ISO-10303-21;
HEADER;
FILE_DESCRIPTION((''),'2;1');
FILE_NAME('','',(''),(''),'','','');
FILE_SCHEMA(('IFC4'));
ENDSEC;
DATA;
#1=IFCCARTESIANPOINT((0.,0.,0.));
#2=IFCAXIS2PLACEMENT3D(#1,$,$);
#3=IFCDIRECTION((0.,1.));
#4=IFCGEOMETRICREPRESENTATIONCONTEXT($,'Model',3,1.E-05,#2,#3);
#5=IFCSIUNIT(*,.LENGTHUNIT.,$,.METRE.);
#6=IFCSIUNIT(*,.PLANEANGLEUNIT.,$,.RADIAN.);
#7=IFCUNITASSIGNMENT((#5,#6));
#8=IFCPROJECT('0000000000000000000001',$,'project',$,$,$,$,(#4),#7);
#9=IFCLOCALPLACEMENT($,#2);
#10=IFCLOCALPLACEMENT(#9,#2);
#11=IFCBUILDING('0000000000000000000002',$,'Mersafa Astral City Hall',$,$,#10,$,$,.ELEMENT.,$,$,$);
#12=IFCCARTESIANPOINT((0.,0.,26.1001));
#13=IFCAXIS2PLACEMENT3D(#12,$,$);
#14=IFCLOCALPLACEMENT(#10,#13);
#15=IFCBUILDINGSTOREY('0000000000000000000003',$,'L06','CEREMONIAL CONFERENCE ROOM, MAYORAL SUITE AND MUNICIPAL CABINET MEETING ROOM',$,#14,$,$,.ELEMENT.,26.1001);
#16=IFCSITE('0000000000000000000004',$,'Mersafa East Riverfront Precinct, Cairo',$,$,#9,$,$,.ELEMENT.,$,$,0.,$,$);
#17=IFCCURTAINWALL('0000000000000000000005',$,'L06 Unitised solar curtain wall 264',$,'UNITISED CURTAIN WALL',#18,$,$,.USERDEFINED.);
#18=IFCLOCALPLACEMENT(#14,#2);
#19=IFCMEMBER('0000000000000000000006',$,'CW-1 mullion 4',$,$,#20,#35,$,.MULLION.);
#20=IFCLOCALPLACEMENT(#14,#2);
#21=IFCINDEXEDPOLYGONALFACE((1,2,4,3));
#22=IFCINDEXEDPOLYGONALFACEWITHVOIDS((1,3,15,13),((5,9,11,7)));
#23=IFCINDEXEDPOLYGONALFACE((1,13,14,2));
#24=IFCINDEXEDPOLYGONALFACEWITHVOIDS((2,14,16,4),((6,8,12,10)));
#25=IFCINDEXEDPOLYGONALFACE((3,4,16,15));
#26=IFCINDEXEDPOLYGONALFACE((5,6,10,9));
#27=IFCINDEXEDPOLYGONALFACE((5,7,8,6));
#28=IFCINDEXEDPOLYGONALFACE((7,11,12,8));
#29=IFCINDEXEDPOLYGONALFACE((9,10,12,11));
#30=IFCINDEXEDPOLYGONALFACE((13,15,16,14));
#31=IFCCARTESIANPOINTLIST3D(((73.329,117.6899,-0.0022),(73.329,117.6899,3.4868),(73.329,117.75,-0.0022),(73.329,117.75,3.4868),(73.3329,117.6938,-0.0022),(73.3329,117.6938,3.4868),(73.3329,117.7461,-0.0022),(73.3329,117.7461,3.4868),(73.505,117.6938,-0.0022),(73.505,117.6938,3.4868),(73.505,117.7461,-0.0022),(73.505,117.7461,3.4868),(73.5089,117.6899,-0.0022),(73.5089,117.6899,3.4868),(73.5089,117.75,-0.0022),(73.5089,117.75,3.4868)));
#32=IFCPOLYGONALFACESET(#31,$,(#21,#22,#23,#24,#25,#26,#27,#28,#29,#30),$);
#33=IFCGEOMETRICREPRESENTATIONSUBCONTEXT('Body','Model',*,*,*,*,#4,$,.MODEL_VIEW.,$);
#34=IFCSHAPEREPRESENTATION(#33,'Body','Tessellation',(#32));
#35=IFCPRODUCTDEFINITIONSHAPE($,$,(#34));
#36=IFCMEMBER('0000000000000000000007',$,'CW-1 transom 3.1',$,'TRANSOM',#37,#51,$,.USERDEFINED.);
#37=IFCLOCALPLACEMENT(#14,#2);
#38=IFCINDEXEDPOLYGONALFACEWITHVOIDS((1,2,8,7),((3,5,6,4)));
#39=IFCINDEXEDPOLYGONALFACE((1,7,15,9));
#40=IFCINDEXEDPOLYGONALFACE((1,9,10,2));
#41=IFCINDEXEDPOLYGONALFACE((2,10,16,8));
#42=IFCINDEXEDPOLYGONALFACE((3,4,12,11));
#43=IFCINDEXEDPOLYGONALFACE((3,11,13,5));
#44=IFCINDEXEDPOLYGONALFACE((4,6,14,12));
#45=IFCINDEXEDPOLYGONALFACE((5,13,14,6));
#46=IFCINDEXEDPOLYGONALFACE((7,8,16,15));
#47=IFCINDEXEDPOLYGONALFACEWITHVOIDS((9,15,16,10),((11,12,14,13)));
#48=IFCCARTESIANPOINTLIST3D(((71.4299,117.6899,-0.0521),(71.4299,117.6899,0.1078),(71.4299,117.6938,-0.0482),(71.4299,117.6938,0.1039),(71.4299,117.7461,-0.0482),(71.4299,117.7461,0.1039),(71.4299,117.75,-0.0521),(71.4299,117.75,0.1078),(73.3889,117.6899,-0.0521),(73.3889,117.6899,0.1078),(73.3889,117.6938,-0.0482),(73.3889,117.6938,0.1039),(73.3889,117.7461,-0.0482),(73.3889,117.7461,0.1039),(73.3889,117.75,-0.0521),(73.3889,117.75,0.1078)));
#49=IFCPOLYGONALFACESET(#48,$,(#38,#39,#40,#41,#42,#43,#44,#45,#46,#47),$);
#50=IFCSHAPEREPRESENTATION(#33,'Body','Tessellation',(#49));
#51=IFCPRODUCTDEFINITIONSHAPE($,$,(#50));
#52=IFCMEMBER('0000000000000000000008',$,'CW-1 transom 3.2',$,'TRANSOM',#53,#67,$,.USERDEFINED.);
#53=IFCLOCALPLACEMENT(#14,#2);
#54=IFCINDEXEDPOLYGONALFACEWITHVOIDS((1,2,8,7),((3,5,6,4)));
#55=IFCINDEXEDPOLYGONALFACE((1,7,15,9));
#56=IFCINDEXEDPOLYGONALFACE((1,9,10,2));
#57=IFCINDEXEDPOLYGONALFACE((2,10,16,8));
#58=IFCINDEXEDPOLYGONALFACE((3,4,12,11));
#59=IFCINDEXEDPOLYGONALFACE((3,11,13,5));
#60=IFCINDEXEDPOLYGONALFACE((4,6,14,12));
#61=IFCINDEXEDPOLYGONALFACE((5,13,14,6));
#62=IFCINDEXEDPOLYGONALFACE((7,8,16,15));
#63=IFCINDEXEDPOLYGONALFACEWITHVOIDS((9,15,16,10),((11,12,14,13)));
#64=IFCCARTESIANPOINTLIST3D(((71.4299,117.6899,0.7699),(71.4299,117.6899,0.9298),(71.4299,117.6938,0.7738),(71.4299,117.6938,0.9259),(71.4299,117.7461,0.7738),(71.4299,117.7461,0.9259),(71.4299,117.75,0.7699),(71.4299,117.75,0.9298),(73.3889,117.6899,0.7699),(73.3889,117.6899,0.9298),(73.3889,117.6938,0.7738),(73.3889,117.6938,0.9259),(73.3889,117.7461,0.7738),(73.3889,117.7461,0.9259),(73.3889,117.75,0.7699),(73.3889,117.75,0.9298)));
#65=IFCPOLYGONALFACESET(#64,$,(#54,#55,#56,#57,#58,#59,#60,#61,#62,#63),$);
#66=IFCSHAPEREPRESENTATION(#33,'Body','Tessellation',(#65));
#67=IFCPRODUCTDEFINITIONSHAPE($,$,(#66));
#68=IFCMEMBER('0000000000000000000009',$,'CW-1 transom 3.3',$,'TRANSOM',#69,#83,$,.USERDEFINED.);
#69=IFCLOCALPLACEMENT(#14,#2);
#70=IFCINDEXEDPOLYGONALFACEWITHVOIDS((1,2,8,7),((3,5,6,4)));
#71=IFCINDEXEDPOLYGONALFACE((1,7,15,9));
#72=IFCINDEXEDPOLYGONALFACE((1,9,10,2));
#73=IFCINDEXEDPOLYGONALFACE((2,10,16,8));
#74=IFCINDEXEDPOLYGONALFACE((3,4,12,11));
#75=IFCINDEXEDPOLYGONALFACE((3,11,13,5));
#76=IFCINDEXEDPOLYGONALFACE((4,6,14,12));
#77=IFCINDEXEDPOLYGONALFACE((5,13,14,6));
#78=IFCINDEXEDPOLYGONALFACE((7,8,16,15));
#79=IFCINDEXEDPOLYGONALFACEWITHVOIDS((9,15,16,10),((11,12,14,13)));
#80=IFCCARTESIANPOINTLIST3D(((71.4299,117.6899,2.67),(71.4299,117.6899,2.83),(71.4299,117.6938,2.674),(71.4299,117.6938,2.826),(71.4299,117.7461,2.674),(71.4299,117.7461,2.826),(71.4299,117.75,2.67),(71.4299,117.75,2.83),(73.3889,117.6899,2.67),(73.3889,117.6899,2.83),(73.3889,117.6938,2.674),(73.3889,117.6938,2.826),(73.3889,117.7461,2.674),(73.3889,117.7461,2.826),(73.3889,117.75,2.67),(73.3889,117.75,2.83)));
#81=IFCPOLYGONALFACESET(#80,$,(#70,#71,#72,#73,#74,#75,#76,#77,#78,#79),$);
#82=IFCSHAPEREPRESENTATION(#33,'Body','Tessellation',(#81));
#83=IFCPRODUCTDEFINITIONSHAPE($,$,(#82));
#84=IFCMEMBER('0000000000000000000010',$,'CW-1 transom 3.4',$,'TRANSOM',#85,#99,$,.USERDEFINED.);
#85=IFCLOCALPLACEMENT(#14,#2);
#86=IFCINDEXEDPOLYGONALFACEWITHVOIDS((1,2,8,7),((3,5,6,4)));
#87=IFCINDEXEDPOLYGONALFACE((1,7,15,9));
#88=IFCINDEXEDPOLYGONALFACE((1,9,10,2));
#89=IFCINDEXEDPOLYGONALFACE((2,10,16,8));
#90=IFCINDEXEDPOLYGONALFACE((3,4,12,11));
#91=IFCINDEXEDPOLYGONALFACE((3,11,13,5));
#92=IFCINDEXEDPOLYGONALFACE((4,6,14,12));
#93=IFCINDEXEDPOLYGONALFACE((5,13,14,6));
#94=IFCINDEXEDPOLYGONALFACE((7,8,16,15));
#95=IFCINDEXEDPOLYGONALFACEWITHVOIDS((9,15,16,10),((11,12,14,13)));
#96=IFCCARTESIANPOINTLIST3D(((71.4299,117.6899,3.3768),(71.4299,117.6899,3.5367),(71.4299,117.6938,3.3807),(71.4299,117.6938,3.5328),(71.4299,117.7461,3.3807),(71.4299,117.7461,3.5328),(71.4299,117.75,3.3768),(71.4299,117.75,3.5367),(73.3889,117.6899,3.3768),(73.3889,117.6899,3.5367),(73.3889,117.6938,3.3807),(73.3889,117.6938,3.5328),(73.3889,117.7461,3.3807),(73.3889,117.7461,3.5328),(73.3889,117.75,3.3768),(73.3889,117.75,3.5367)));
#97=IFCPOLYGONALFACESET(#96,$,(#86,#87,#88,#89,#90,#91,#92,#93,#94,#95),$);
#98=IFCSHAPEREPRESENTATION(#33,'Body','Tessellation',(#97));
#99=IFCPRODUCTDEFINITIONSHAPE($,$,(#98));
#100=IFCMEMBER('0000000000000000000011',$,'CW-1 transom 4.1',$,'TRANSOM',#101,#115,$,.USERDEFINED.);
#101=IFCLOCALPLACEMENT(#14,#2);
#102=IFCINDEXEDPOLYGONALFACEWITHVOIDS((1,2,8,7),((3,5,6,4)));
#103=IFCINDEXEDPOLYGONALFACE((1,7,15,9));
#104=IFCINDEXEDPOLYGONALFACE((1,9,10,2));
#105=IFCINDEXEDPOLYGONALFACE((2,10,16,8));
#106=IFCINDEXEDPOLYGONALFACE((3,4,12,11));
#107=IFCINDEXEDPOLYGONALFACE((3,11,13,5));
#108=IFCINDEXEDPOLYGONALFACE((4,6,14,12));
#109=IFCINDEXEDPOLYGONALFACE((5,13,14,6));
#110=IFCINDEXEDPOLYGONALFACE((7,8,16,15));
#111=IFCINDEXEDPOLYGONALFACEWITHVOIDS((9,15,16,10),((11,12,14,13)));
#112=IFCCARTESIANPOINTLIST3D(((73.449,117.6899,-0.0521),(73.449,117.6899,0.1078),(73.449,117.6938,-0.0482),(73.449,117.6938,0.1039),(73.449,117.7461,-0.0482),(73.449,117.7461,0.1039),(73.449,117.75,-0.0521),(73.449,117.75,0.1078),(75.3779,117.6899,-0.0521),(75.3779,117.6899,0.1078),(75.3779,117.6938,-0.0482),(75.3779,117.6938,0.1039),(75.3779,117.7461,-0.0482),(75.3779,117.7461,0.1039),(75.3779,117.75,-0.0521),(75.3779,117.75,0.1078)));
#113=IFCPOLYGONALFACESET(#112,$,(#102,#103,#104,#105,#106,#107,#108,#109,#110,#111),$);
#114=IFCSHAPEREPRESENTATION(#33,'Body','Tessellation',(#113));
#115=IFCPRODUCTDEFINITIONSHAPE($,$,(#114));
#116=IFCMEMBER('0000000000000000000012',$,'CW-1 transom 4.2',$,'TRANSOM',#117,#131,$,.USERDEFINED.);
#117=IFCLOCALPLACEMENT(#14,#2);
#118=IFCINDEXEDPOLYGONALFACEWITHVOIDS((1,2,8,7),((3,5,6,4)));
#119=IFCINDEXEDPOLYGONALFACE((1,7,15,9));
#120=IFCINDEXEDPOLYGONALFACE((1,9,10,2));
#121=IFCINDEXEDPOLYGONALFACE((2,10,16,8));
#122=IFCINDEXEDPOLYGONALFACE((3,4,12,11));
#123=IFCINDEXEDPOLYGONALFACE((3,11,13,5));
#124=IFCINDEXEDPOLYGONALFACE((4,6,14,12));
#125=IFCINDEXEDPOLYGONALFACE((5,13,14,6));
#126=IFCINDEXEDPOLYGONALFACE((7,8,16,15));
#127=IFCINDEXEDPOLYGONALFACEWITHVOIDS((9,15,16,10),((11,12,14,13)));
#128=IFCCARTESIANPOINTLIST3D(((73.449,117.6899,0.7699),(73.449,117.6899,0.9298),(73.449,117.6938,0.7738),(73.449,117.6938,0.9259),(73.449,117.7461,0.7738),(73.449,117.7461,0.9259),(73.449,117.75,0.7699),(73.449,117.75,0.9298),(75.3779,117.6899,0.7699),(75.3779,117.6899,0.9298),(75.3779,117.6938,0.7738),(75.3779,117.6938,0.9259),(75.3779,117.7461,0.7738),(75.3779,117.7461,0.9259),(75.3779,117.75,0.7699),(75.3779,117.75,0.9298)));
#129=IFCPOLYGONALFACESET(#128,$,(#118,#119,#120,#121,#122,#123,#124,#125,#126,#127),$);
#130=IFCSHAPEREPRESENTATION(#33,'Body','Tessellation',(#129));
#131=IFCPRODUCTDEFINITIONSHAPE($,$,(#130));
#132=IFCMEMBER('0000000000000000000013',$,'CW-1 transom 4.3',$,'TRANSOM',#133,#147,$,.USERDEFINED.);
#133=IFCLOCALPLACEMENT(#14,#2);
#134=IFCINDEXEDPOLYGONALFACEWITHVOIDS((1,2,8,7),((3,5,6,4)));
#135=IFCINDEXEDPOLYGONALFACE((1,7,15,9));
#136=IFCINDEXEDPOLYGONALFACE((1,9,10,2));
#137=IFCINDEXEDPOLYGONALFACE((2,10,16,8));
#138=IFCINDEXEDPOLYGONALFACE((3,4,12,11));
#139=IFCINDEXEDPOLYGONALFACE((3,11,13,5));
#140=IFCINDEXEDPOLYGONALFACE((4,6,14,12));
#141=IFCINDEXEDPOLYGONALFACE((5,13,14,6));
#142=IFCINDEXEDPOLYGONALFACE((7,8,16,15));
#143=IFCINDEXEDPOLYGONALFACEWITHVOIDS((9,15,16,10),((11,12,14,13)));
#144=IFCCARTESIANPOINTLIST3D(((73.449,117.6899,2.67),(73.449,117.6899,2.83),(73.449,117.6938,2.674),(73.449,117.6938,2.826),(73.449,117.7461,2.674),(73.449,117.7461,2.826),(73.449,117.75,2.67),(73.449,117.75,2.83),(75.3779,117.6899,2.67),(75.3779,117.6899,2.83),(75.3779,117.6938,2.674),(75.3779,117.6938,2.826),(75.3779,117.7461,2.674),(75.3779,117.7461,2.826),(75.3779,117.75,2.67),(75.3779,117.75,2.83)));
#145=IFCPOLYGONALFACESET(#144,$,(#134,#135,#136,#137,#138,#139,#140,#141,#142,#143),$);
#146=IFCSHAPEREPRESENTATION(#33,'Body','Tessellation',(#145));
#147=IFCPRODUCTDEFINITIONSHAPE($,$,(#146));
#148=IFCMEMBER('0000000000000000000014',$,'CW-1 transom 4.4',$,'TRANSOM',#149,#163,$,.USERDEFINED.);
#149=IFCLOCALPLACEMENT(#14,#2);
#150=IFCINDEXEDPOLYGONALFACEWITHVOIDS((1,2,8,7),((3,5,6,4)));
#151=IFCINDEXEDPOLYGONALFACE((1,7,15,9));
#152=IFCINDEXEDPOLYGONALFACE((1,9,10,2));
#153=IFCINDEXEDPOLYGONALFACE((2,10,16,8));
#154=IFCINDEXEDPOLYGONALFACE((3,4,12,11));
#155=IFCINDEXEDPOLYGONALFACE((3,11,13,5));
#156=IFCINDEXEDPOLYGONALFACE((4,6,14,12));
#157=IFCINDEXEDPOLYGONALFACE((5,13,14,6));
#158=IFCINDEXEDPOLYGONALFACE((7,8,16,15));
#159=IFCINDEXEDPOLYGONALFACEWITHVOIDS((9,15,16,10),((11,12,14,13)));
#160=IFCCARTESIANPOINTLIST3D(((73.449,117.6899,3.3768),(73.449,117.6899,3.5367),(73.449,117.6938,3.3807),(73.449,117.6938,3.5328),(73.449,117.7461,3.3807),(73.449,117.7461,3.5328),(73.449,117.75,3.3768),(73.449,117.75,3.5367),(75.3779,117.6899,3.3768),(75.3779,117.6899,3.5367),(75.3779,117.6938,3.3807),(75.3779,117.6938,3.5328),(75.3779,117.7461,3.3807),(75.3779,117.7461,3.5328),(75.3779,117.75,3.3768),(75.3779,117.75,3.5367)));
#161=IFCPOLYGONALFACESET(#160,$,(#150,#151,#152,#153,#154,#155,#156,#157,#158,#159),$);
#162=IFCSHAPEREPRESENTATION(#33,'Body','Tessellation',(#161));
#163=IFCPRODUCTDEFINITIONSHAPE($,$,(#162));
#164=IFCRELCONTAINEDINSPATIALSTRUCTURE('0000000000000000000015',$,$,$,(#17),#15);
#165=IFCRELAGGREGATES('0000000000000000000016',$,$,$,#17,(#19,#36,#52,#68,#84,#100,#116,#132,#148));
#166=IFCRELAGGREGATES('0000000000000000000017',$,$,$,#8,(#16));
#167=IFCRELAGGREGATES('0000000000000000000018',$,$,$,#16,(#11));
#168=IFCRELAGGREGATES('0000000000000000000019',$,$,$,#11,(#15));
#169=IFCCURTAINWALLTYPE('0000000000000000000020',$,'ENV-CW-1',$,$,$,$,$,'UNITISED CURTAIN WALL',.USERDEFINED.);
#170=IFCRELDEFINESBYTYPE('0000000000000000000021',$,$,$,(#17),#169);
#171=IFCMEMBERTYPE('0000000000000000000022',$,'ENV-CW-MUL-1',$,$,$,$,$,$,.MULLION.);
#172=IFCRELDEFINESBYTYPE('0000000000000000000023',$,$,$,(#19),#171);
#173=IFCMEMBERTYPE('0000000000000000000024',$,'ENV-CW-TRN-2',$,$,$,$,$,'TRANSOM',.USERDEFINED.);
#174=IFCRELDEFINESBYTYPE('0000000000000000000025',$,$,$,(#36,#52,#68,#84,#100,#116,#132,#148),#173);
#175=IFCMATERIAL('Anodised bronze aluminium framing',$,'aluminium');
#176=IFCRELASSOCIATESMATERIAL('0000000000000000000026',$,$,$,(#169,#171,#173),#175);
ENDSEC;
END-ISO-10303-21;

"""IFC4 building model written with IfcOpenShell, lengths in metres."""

from ifc_helpers import new_model, si_unit, direction, frame, origin, origin_2d, place, context, subcontext, project, spatial, hollow_rectangle, extrude, material, material_profile, profile_set, type_object, element, aggregate, save


model = new_model("IFC4")

# Units and contexts
model_context = context("Model", 3, precision=1e-05, world=origin(), true_north=direction((0.0, 1.0)))
body_context = subcontext(model_context, "Body", "Model", "MODEL_VIEW")
ifc_project = project(units=[si_unit("LENGTHUNIT", "METRE"), si_unit("PLANEANGLEUNIT", "RADIAN")], contexts=[model_context])

# Site, building, storey
site_placement = place(None, origin())
site = spatial("IfcSite", under=ifc_project, at=site_placement, Name="Mersafa East Riverfront Precinct, Cairo", CompositionType="ELEMENT", RefElevation=0.0)
building_placement = place(site_placement, origin())
building = spatial("IfcBuilding", under=site, at=building_placement, Name="Mersafa Astral City Hall", CompositionType="ELEMENT")
storey_placement = place(building_placement, frame((0.0, 0.0, 26.1001)))
storey = spatial("IfcBuildingStorey", under=building, at=storey_placement, Name="L06", Description="CEREMONIAL CONFERENCE ROOM, MAYORAL SUITE AND MUNICIPAL CABINET MEETING ROOM", CompositionType="ELEMENT", Elevation=26.1001)

# Curtain wall, members
ifc_material_1 = material(Name="Anodised bronze aluminium framing", Category="aluminium")
curtain_wall_type = type_object("IfcCurtainWallType", Name="ENV-CW-1", ElementType="UNITISED CURTAIN WALL", PredefinedType="USERDEFINED", material=ifc_material_1)
curtain_wall_placement = place(storey_placement, origin())
curtain_wall = element("IfcCurtainWall", 1, at=curtain_wall_placement, inside=storey, type_object=curtain_wall_type, Name="L06 Unitised solar curtain wall 264", ObjectType="UNITISED CURTAIN WALL", PredefinedType="USERDEFINED")
ifc_material_profile_1 = material_profile(ifc_material_1, hollow_rectangle(XDim=0.0601, YDim=0.1799, WallThickness=0.0039, at=origin_2d()), Name="RHS 60x180x4")
ifc_profile_set_1 = profile_set([ifc_material_profile_1], Name="Anodised bronze aluminium framing")
member_type_1 = type_object("IfcMemberType", Name="ENV-CW-MUL-1", PredefinedType="MULLION", material=ifc_profile_set_1)
member_1_placement = place(storey_placement, frame((73.4189, 117.72, -0.0022), z_axis=(0.0, 0.0, 1.0), x_axis=(0.0, 1.0, 0.0)))
member_1 = element("IfcMember", 2, at=member_1_placement, type_object=member_type_1, Name="CW-1 mullion 4", PredefinedType="MULLION", context=body_context, shape_type="SweptSolid", body=[
    extrude(hollow_rectangle(XDim=0.0601, YDim=0.1799, WallThickness=0.0039, at=origin_2d()), origin(), (0.0, 0.0, 1.0), 3.489),
])
ifc_material_profile_2 = material_profile(ifc_material_1, hollow_rectangle(XDim=0.0601, YDim=0.1599, WallThickness=0.0039, at=origin_2d()), Name="RHS 60x160x4")
ifc_profile_set_2 = profile_set([ifc_material_profile_2], Name="Anodised bronze aluminium framing")
member_type_2 = type_object("IfcMemberType", Name="ENV-CW-TRN-2", ElementType="TRANSOM", PredefinedType="USERDEFINED", material=ifc_profile_set_2)
member_2_placement = place(storey_placement, frame((71.4299, 117.72, 0.0278), z_axis=(1.0, 0.0, 0.0), x_axis=(0.0, 1.0, 0.0)))
member_2 = element("IfcMember", 3, at=member_2_placement, type_object=member_type_2, Name="CW-1 transom 3.1", ObjectType="TRANSOM", PredefinedType="USERDEFINED", context=body_context, shape_type="SweptSolid", body=[
    extrude(hollow_rectangle(XDim=0.0601, YDim=0.1599, WallThickness=0.0039, at=origin_2d()), origin(), (0.0, 0.0, 1.0), 1.959),
])
member_3_placement = place(storey_placement, frame((71.4299, 117.72, 0.8499), z_axis=(1.0, 0.0, 0.0), x_axis=(0.0, 1.0, 0.0)))
member_3 = element("IfcMember", 4, at=member_3_placement, type_object=member_type_2, Name="CW-1 transom 3.2", ObjectType="TRANSOM", PredefinedType="USERDEFINED", context=body_context, shape_type="SweptSolid", body=[
    extrude(hollow_rectangle(XDim=0.0601, YDim=0.1599, WallThickness=0.0039, at=origin_2d()), origin(), (0.0, 0.0, 1.0), 1.959),
])
member_4_placement = place(storey_placement, frame((71.4299, 117.72, 2.75), z_axis=(1.0, 0.0, 0.0), x_axis=(0.0, 1.0, 0.0)))
member_4 = element("IfcMember", 5, at=member_4_placement, type_object=member_type_2, Name="CW-1 transom 3.3", ObjectType="TRANSOM", PredefinedType="USERDEFINED", context=body_context, shape_type="SweptSolid", body=[
    extrude(hollow_rectangle(XDim=0.0601, YDim=0.1599, WallThickness=0.0039, at=origin_2d()), origin(), (0.0, 0.0, 1.0), 1.959),
])
member_5_placement = place(storey_placement, frame((71.4299, 117.72, 3.4568), z_axis=(1.0, 0.0, 0.0), x_axis=(0.0, 1.0, 0.0)))
member_5 = element("IfcMember", 6, at=member_5_placement, type_object=member_type_2, Name="CW-1 transom 3.4", ObjectType="TRANSOM", PredefinedType="USERDEFINED", context=body_context, shape_type="SweptSolid", body=[
    extrude(hollow_rectangle(XDim=0.0601, YDim=0.1599, WallThickness=0.0039, at=origin_2d()), origin(), (0.0, 0.0, 1.0), 1.959),
])
member_6_placement = place(storey_placement, frame((73.449, 117.72, 0.0278), z_axis=(1.0, 0.0, 0.0), x_axis=(0.0, 1.0, 0.0)))
member_6 = element("IfcMember", 7, at=member_6_placement, type_object=member_type_2, Name="CW-1 transom 4.1", ObjectType="TRANSOM", PredefinedType="USERDEFINED", context=body_context, shape_type="SweptSolid", body=[
    extrude(hollow_rectangle(XDim=0.0601, YDim=0.1599, WallThickness=0.0039, at=origin_2d()), origin(), (0.0, 0.0, 1.0), 1.929),
])
member_7_placement = place(storey_placement, frame((73.449, 117.72, 0.8499), z_axis=(1.0, 0.0, 0.0), x_axis=(0.0, 1.0, 0.0)))
member_7 = element("IfcMember", 8, at=member_7_placement, type_object=member_type_2, Name="CW-1 transom 4.2", ObjectType="TRANSOM", PredefinedType="USERDEFINED", context=body_context, shape_type="SweptSolid", body=[
    extrude(hollow_rectangle(XDim=0.0601, YDim=0.1599, WallThickness=0.0039, at=origin_2d()), origin(), (0.0, 0.0, 1.0), 1.929),
])
member_8_placement = place(storey_placement, frame((73.449, 117.72, 2.75), z_axis=(1.0, 0.0, 0.0), x_axis=(0.0, 1.0, 0.0)))
member_8 = element("IfcMember", 9, at=member_8_placement, type_object=member_type_2, Name="CW-1 transom 4.3", ObjectType="TRANSOM", PredefinedType="USERDEFINED", context=body_context, shape_type="SweptSolid", body=[
    extrude(hollow_rectangle(XDim=0.0601, YDim=0.1599, WallThickness=0.0039, at=origin_2d()), origin(), (0.0, 0.0, 1.0), 1.929),
])
member_9_placement = place(storey_placement, frame((73.449, 117.72, 3.4568), z_axis=(1.0, 0.0, 0.0), x_axis=(0.0, 1.0, 0.0)))
member_9 = element("IfcMember", 10, at=member_9_placement, type_object=member_type_2, Name="CW-1 transom 4.4", ObjectType="TRANSOM", PredefinedType="USERDEFINED", context=body_context, shape_type="SweptSolid", body=[
    extrude(hollow_rectangle(XDim=0.0601, YDim=0.1599, WallThickness=0.0039, at=origin_2d()), origin(), (0.0, 0.0, 1.0), 1.929),
])

aggregate(curtain_wall, [member_1, member_2, member_3, member_4, member_5, member_6, member_7, member_8, member_9])

save(model, "model.ifc")
